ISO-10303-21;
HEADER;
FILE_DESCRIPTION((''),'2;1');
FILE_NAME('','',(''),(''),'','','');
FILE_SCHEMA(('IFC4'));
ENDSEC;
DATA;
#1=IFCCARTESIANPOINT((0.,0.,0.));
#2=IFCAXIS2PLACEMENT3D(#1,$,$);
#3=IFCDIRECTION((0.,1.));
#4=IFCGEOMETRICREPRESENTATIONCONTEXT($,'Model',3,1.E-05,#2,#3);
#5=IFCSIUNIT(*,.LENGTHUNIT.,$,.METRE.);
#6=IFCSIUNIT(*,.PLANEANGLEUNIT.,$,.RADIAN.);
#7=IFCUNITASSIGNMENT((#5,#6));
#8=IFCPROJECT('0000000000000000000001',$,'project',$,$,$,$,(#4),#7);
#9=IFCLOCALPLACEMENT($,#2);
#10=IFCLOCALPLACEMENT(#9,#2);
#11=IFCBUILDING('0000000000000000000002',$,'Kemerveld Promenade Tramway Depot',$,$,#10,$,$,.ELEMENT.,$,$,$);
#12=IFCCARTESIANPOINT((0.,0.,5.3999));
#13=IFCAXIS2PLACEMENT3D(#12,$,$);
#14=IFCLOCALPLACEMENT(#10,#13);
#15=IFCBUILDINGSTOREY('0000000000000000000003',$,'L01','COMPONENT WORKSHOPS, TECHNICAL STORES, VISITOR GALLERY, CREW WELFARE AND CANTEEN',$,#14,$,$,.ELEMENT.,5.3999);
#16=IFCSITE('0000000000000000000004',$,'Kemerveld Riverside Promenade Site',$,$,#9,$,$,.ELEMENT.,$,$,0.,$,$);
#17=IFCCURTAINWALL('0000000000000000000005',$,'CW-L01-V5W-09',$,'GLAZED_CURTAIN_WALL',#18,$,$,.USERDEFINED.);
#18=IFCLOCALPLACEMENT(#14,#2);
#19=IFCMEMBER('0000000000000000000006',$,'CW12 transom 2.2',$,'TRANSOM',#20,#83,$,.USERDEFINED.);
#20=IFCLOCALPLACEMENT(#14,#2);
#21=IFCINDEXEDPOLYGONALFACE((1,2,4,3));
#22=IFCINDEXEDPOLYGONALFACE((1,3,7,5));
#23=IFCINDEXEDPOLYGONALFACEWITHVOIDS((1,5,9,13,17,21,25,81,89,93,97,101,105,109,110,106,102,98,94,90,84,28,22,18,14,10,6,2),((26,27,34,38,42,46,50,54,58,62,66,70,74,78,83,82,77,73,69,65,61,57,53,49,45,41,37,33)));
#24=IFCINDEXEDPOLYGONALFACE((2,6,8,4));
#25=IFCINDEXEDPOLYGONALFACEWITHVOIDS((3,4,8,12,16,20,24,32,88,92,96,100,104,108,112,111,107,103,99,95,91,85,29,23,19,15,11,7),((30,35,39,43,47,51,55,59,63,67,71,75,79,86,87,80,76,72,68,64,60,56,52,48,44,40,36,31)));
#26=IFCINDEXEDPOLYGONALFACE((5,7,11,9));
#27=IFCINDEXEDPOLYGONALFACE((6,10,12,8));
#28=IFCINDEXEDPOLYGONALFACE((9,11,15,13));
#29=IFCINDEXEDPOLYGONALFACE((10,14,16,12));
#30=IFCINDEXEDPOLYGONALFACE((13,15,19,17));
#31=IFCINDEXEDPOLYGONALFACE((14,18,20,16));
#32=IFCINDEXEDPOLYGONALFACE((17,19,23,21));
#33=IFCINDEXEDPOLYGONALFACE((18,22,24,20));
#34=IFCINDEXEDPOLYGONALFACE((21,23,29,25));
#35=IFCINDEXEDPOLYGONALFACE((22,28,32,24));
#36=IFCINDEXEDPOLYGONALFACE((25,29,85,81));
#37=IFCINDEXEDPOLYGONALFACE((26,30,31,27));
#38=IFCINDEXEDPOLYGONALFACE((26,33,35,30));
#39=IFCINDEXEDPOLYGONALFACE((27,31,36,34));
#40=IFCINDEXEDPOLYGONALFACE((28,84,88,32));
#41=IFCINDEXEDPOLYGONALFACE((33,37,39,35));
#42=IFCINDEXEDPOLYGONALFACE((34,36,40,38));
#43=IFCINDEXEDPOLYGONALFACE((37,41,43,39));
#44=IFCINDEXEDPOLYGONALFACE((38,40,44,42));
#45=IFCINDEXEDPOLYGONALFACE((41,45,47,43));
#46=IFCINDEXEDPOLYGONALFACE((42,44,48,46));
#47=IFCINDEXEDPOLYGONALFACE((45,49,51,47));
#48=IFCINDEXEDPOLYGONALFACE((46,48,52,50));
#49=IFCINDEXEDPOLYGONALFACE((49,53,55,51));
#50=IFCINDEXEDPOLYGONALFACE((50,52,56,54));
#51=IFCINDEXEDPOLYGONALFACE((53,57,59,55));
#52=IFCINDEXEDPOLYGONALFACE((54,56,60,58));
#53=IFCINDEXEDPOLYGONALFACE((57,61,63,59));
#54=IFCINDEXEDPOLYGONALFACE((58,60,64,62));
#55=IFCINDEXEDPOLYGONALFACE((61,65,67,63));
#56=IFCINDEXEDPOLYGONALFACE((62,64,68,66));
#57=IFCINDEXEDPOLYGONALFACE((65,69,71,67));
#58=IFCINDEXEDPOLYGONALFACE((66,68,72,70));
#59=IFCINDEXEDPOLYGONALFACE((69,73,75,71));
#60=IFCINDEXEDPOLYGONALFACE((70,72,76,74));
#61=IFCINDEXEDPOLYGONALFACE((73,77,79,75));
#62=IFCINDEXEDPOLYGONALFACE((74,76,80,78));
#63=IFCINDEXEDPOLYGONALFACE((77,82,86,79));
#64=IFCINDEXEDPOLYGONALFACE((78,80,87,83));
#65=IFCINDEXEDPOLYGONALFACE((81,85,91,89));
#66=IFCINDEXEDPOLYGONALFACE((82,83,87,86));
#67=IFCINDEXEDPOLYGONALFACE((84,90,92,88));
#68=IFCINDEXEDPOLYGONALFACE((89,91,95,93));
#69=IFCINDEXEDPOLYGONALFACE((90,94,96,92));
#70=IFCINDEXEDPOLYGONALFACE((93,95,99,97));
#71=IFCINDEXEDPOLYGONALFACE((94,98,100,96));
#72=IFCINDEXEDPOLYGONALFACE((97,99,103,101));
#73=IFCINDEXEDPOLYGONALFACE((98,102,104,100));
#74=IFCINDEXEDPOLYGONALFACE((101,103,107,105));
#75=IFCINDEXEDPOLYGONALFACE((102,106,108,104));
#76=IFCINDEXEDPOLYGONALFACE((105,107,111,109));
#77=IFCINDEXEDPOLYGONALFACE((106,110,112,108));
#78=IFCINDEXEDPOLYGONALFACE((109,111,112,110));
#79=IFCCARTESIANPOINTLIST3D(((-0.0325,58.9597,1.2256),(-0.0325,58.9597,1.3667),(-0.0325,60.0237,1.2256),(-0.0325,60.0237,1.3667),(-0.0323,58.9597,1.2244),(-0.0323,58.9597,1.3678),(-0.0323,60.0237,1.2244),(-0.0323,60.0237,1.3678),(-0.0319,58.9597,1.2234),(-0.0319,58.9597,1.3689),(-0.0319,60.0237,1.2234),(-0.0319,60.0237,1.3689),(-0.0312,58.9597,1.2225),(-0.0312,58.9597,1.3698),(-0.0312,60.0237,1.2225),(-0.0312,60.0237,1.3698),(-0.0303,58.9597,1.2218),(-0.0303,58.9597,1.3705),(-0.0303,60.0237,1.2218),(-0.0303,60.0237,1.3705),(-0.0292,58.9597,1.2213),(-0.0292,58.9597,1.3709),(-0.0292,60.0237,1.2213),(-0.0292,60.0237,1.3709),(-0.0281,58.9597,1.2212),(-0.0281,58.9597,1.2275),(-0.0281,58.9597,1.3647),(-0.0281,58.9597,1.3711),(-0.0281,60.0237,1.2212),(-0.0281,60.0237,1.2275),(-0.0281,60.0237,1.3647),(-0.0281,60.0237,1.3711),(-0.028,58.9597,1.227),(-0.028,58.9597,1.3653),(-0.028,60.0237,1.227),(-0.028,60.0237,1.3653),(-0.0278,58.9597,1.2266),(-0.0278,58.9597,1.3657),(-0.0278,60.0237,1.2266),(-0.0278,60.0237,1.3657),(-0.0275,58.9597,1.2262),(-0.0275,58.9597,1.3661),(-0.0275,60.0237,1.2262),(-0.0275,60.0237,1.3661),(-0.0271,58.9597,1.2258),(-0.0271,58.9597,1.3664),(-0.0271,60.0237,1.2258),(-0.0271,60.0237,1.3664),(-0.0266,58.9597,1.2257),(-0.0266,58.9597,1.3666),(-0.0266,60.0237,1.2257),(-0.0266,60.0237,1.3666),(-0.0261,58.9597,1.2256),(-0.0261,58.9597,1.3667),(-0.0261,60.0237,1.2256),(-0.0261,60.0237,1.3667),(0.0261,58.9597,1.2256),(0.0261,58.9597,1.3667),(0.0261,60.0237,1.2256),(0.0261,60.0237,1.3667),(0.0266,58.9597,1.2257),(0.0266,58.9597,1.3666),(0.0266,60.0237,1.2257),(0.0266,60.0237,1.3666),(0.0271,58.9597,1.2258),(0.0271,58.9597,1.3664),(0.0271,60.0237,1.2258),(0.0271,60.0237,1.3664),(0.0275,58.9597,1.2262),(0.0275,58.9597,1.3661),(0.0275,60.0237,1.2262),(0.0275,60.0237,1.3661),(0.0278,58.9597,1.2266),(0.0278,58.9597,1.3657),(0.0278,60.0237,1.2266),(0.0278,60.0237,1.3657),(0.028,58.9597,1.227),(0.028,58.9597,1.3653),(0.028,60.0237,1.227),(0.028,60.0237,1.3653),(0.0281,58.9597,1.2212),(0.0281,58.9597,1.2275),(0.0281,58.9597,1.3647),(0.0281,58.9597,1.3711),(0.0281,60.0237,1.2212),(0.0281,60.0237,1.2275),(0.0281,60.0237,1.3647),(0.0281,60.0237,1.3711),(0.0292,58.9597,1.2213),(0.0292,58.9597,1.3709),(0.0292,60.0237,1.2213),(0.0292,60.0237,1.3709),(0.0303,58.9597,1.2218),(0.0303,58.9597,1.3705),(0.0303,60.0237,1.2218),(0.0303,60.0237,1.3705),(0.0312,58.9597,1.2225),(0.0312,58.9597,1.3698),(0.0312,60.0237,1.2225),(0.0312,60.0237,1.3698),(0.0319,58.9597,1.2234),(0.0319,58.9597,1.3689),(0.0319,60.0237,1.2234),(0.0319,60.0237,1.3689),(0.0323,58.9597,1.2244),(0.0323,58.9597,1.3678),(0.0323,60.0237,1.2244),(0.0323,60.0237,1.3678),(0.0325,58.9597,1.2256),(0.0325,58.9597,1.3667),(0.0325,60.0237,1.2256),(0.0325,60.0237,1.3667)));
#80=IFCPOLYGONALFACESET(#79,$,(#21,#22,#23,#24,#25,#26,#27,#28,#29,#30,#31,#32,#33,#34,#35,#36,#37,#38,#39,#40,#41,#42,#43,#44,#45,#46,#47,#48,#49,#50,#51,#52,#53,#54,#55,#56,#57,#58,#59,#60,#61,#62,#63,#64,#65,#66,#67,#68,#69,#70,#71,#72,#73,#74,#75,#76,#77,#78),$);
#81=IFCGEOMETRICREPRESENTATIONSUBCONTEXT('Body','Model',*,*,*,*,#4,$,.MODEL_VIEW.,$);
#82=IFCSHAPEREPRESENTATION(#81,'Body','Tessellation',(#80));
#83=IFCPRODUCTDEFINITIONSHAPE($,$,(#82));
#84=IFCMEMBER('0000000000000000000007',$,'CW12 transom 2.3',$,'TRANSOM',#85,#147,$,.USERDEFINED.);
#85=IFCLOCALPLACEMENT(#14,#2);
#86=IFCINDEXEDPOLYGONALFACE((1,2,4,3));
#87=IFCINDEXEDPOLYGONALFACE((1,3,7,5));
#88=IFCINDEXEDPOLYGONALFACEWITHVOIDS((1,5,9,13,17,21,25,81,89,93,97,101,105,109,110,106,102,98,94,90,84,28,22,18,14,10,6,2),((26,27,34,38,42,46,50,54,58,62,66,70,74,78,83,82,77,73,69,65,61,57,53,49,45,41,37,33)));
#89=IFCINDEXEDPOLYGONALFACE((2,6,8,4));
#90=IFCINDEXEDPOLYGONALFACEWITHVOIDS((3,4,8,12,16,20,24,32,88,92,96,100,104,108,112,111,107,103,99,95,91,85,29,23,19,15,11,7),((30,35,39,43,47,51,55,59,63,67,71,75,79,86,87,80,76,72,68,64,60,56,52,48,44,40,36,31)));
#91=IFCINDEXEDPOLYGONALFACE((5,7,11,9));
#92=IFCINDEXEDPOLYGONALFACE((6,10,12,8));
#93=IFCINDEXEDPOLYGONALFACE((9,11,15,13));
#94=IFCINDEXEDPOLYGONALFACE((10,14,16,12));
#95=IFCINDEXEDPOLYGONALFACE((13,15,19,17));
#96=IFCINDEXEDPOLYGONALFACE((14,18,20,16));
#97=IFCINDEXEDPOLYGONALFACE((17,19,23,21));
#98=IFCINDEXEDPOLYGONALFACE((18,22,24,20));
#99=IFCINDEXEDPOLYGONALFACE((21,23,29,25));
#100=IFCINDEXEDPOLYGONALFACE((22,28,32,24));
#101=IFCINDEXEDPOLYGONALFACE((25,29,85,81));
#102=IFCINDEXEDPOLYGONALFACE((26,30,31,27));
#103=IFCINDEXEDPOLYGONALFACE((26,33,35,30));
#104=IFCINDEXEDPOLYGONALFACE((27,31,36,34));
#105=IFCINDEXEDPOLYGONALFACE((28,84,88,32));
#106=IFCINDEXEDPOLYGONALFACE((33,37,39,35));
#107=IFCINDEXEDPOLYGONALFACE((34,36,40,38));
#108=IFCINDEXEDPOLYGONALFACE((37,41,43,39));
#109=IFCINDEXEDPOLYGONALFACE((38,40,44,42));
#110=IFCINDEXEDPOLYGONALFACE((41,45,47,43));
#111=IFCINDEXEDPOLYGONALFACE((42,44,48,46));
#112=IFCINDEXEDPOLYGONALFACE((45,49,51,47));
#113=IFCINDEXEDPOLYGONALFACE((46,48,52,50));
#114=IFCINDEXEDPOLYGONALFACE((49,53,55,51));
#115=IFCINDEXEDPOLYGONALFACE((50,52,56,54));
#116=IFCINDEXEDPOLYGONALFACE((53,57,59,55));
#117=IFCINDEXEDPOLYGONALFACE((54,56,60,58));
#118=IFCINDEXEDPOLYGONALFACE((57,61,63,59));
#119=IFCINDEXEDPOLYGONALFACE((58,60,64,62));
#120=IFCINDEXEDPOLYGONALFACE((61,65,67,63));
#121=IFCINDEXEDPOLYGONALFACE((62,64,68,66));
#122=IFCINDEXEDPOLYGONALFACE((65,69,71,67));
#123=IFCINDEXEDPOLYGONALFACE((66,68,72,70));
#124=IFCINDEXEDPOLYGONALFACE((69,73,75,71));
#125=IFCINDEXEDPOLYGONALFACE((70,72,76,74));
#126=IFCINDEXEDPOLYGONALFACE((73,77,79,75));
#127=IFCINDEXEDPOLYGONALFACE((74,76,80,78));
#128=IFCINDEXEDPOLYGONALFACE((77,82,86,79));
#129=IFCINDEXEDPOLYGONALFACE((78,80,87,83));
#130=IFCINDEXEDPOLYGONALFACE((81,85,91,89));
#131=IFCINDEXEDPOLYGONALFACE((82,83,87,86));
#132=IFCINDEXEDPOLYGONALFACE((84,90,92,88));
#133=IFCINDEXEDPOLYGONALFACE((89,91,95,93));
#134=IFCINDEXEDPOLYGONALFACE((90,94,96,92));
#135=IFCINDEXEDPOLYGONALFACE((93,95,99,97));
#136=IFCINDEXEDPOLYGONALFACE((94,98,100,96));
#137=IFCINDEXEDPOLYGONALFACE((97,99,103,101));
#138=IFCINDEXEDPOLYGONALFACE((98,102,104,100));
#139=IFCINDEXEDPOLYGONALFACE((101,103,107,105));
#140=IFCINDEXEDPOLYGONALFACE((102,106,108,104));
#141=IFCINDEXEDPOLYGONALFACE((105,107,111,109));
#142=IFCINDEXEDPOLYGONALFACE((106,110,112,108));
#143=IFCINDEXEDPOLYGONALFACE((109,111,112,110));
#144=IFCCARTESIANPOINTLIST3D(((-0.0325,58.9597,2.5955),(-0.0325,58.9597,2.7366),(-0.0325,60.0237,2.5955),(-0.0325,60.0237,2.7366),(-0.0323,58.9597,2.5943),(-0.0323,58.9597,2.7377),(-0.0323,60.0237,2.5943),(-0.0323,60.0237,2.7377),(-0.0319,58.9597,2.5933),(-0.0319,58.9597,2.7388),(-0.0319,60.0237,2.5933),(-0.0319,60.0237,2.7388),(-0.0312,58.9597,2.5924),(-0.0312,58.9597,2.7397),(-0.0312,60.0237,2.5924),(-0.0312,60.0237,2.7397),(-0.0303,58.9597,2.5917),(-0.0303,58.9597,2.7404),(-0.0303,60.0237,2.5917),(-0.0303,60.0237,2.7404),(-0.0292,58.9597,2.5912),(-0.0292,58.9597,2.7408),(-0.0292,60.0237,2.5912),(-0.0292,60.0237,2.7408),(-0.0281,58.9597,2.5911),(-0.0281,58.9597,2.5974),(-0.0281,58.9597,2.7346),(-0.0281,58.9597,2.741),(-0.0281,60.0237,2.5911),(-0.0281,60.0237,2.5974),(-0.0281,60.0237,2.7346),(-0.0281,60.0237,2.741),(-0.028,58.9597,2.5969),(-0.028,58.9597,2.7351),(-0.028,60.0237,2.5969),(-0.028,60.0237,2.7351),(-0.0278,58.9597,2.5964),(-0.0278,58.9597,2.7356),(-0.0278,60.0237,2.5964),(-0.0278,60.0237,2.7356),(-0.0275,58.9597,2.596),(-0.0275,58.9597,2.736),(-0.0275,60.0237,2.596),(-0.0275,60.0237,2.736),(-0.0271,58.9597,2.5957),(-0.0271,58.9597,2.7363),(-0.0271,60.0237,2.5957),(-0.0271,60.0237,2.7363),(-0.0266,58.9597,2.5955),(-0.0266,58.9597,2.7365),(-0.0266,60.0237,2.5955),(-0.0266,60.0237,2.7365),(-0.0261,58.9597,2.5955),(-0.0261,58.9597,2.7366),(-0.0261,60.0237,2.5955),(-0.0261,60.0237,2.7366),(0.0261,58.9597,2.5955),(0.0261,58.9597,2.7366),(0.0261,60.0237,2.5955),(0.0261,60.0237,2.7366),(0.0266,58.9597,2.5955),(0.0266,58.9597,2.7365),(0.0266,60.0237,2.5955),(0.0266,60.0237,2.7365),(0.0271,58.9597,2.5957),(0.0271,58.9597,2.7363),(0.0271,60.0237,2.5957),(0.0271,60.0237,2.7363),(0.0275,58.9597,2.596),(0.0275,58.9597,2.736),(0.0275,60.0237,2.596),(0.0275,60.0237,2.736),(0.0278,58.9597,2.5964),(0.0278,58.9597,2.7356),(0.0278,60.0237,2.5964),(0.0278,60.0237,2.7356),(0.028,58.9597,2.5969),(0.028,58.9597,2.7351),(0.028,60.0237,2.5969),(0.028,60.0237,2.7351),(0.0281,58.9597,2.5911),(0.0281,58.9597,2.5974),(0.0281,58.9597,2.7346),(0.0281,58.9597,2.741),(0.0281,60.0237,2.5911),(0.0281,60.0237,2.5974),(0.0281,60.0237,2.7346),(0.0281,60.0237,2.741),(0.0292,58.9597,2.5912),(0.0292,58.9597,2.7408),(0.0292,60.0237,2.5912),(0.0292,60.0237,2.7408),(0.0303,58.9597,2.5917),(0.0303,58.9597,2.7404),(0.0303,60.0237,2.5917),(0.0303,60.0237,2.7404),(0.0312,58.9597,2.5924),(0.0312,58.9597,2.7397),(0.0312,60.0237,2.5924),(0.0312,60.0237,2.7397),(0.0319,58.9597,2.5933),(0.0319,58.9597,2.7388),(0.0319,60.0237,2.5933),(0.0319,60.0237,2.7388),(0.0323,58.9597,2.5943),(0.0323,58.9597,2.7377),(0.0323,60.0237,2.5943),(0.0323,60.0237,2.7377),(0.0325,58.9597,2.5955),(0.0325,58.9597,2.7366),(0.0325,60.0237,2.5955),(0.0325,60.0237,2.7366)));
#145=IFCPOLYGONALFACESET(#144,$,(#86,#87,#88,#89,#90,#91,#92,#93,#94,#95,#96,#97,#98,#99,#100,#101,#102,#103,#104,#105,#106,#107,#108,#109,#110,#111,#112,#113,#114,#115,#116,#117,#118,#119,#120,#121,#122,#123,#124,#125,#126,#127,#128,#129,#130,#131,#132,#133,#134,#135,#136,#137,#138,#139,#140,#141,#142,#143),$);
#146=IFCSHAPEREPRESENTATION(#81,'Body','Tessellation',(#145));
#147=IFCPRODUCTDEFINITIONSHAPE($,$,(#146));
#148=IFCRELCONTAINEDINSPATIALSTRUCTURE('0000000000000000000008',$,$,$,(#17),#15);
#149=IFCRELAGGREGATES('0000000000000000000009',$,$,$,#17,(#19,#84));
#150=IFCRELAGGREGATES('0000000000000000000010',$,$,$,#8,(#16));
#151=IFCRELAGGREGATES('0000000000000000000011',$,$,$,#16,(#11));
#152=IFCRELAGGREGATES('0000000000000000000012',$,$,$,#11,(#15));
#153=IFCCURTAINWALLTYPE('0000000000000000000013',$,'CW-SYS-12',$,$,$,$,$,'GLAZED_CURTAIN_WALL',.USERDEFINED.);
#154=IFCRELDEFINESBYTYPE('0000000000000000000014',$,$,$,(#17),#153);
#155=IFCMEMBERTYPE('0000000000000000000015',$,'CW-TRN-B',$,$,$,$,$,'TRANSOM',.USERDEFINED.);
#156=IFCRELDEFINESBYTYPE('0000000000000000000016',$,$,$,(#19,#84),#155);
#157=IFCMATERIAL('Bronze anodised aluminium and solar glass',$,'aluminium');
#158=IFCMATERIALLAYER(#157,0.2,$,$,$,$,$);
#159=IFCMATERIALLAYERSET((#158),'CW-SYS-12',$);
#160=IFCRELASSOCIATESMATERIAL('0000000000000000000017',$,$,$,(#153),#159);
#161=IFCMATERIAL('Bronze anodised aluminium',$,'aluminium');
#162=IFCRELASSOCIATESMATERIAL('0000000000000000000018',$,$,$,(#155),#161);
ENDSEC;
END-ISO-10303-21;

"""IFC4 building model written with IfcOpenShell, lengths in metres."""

from ifc_helpers import new_model, si_unit, direction, frame, origin, origin_2d, place, context, subcontext, project, spatial, hollow_rectangle, extrude, material, layer, layer_set, material_profile, profile_set, type_object, element, aggregate, save


model = new_model("IFC4")

# Units and contexts
model_context = context("Model", 3, precision=1e-05, world=origin(), true_north=direction((0.0, 1.0)))
body_context = subcontext(model_context, "Body", "Model", "MODEL_VIEW")
ifc_project = project(units=[si_unit("LENGTHUNIT", "METRE"), si_unit("PLANEANGLEUNIT", "RADIAN")], contexts=[model_context])

# Site, building, storey
site_placement = place(None, origin())
site = spatial("IfcSite", under=ifc_project, at=site_placement, Name="Kemerveld Riverside Promenade Site", CompositionType="ELEMENT", RefElevation=0.0)
building_placement = place(site_placement, origin())
building = spatial("IfcBuilding", under=site, at=building_placement, Name="Kemerveld Promenade Tramway Depot", CompositionType="ELEMENT")
storey_placement = place(building_placement, frame((0.0, 0.0, 5.3999)))
storey = spatial("IfcBuildingStorey", under=building, at=storey_placement, Name="L01", Description="COMPONENT WORKSHOPS, TECHNICAL STORES, VISITOR GALLERY, CREW WELFARE AND CANTEEN", CompositionType="ELEMENT", Elevation=5.3999)

# Curtain wall, members
ifc_material_1 = material(Name="Bronze anodised aluminium and solar glass", Category="aluminium")
ifc_layer_1 = layer(ifc_material_1, 0.2)
ifc_layer_set_1 = layer_set([ifc_layer_1], Name="CW-SYS-12")
curtain_wall_type = type_object("IfcCurtainWallType", Name="CW-SYS-12", ElementType="GLAZED_CURTAIN_WALL", PredefinedType="USERDEFINED", material=ifc_layer_set_1)
curtain_wall_placement = place(storey_placement, origin())
curtain_wall = element("IfcCurtainWall", 1, at=curtain_wall_placement, inside=storey, type_object=curtain_wall_type, Name="CW-L01-V5W-09", ObjectType="GLAZED_CURTAIN_WALL", PredefinedType="USERDEFINED")
ifc_material_2 = material(Name="Bronze anodised aluminium", Category="aluminium")
ifc_material_profile_1 = material_profile(ifc_material_2, hollow_rectangle(XDim=0.0649, YDim=0.1499, WallThickness=0.0044, InnerFilletRadius=0.002, OuterFilletRadius=0.0044, at=origin_2d()), Name="CW-TRN-150x65")
ifc_profile_set_1 = profile_set([ifc_material_profile_1], Name="Bronze anodised aluminium")
member_type_1 = type_object("IfcMemberType", Name="CW-TRN-B", ElementType="TRANSOM", PredefinedType="USERDEFINED", material=ifc_profile_set_1)
member_1_placement = place(storey_placement, frame((0.0, 58.9597, 1.2961), z_axis=(0.0, 1.0, 0.0), x_axis=(-1.0, 0.0, 0.0)))
member_1 = element("IfcMember", 2, at=member_1_placement, type_object=member_type_1, Name="CW12 transom 2.2", ObjectType="TRANSOM", PredefinedType="USERDEFINED", context=body_context, shape_type="SweptSolid", body=[
    extrude(hollow_rectangle(XDim=0.0649, YDim=0.1499, WallThickness=0.0044, InnerFilletRadius=0.002, OuterFilletRadius=0.0044, at=origin_2d()), origin(), (0.0, 0.0, 1.0), 1.064),
])
member_2_placement = place(storey_placement, frame((0.0, 58.9597, 2.666), z_axis=(0.0, 1.0, 0.0), x_axis=(-1.0, 0.0, 0.0)))
member_2 = element("IfcMember", 3, at=member_2_placement, type_object=member_type_1, Name="CW12 transom 2.3", ObjectType="TRANSOM", PredefinedType="USERDEFINED", context=body_context, shape_type="SweptSolid", body=[
    extrude(hollow_rectangle(XDim=0.0649, YDim=0.1499, WallThickness=0.0044, InnerFilletRadius=0.002, OuterFilletRadius=0.0044, at=origin_2d()), origin(), (0.0, 0.0, 1.0), 1.064),
])
aggregate(curtain_wall, [member_1, member_2])

save(model, "model.ifc")
